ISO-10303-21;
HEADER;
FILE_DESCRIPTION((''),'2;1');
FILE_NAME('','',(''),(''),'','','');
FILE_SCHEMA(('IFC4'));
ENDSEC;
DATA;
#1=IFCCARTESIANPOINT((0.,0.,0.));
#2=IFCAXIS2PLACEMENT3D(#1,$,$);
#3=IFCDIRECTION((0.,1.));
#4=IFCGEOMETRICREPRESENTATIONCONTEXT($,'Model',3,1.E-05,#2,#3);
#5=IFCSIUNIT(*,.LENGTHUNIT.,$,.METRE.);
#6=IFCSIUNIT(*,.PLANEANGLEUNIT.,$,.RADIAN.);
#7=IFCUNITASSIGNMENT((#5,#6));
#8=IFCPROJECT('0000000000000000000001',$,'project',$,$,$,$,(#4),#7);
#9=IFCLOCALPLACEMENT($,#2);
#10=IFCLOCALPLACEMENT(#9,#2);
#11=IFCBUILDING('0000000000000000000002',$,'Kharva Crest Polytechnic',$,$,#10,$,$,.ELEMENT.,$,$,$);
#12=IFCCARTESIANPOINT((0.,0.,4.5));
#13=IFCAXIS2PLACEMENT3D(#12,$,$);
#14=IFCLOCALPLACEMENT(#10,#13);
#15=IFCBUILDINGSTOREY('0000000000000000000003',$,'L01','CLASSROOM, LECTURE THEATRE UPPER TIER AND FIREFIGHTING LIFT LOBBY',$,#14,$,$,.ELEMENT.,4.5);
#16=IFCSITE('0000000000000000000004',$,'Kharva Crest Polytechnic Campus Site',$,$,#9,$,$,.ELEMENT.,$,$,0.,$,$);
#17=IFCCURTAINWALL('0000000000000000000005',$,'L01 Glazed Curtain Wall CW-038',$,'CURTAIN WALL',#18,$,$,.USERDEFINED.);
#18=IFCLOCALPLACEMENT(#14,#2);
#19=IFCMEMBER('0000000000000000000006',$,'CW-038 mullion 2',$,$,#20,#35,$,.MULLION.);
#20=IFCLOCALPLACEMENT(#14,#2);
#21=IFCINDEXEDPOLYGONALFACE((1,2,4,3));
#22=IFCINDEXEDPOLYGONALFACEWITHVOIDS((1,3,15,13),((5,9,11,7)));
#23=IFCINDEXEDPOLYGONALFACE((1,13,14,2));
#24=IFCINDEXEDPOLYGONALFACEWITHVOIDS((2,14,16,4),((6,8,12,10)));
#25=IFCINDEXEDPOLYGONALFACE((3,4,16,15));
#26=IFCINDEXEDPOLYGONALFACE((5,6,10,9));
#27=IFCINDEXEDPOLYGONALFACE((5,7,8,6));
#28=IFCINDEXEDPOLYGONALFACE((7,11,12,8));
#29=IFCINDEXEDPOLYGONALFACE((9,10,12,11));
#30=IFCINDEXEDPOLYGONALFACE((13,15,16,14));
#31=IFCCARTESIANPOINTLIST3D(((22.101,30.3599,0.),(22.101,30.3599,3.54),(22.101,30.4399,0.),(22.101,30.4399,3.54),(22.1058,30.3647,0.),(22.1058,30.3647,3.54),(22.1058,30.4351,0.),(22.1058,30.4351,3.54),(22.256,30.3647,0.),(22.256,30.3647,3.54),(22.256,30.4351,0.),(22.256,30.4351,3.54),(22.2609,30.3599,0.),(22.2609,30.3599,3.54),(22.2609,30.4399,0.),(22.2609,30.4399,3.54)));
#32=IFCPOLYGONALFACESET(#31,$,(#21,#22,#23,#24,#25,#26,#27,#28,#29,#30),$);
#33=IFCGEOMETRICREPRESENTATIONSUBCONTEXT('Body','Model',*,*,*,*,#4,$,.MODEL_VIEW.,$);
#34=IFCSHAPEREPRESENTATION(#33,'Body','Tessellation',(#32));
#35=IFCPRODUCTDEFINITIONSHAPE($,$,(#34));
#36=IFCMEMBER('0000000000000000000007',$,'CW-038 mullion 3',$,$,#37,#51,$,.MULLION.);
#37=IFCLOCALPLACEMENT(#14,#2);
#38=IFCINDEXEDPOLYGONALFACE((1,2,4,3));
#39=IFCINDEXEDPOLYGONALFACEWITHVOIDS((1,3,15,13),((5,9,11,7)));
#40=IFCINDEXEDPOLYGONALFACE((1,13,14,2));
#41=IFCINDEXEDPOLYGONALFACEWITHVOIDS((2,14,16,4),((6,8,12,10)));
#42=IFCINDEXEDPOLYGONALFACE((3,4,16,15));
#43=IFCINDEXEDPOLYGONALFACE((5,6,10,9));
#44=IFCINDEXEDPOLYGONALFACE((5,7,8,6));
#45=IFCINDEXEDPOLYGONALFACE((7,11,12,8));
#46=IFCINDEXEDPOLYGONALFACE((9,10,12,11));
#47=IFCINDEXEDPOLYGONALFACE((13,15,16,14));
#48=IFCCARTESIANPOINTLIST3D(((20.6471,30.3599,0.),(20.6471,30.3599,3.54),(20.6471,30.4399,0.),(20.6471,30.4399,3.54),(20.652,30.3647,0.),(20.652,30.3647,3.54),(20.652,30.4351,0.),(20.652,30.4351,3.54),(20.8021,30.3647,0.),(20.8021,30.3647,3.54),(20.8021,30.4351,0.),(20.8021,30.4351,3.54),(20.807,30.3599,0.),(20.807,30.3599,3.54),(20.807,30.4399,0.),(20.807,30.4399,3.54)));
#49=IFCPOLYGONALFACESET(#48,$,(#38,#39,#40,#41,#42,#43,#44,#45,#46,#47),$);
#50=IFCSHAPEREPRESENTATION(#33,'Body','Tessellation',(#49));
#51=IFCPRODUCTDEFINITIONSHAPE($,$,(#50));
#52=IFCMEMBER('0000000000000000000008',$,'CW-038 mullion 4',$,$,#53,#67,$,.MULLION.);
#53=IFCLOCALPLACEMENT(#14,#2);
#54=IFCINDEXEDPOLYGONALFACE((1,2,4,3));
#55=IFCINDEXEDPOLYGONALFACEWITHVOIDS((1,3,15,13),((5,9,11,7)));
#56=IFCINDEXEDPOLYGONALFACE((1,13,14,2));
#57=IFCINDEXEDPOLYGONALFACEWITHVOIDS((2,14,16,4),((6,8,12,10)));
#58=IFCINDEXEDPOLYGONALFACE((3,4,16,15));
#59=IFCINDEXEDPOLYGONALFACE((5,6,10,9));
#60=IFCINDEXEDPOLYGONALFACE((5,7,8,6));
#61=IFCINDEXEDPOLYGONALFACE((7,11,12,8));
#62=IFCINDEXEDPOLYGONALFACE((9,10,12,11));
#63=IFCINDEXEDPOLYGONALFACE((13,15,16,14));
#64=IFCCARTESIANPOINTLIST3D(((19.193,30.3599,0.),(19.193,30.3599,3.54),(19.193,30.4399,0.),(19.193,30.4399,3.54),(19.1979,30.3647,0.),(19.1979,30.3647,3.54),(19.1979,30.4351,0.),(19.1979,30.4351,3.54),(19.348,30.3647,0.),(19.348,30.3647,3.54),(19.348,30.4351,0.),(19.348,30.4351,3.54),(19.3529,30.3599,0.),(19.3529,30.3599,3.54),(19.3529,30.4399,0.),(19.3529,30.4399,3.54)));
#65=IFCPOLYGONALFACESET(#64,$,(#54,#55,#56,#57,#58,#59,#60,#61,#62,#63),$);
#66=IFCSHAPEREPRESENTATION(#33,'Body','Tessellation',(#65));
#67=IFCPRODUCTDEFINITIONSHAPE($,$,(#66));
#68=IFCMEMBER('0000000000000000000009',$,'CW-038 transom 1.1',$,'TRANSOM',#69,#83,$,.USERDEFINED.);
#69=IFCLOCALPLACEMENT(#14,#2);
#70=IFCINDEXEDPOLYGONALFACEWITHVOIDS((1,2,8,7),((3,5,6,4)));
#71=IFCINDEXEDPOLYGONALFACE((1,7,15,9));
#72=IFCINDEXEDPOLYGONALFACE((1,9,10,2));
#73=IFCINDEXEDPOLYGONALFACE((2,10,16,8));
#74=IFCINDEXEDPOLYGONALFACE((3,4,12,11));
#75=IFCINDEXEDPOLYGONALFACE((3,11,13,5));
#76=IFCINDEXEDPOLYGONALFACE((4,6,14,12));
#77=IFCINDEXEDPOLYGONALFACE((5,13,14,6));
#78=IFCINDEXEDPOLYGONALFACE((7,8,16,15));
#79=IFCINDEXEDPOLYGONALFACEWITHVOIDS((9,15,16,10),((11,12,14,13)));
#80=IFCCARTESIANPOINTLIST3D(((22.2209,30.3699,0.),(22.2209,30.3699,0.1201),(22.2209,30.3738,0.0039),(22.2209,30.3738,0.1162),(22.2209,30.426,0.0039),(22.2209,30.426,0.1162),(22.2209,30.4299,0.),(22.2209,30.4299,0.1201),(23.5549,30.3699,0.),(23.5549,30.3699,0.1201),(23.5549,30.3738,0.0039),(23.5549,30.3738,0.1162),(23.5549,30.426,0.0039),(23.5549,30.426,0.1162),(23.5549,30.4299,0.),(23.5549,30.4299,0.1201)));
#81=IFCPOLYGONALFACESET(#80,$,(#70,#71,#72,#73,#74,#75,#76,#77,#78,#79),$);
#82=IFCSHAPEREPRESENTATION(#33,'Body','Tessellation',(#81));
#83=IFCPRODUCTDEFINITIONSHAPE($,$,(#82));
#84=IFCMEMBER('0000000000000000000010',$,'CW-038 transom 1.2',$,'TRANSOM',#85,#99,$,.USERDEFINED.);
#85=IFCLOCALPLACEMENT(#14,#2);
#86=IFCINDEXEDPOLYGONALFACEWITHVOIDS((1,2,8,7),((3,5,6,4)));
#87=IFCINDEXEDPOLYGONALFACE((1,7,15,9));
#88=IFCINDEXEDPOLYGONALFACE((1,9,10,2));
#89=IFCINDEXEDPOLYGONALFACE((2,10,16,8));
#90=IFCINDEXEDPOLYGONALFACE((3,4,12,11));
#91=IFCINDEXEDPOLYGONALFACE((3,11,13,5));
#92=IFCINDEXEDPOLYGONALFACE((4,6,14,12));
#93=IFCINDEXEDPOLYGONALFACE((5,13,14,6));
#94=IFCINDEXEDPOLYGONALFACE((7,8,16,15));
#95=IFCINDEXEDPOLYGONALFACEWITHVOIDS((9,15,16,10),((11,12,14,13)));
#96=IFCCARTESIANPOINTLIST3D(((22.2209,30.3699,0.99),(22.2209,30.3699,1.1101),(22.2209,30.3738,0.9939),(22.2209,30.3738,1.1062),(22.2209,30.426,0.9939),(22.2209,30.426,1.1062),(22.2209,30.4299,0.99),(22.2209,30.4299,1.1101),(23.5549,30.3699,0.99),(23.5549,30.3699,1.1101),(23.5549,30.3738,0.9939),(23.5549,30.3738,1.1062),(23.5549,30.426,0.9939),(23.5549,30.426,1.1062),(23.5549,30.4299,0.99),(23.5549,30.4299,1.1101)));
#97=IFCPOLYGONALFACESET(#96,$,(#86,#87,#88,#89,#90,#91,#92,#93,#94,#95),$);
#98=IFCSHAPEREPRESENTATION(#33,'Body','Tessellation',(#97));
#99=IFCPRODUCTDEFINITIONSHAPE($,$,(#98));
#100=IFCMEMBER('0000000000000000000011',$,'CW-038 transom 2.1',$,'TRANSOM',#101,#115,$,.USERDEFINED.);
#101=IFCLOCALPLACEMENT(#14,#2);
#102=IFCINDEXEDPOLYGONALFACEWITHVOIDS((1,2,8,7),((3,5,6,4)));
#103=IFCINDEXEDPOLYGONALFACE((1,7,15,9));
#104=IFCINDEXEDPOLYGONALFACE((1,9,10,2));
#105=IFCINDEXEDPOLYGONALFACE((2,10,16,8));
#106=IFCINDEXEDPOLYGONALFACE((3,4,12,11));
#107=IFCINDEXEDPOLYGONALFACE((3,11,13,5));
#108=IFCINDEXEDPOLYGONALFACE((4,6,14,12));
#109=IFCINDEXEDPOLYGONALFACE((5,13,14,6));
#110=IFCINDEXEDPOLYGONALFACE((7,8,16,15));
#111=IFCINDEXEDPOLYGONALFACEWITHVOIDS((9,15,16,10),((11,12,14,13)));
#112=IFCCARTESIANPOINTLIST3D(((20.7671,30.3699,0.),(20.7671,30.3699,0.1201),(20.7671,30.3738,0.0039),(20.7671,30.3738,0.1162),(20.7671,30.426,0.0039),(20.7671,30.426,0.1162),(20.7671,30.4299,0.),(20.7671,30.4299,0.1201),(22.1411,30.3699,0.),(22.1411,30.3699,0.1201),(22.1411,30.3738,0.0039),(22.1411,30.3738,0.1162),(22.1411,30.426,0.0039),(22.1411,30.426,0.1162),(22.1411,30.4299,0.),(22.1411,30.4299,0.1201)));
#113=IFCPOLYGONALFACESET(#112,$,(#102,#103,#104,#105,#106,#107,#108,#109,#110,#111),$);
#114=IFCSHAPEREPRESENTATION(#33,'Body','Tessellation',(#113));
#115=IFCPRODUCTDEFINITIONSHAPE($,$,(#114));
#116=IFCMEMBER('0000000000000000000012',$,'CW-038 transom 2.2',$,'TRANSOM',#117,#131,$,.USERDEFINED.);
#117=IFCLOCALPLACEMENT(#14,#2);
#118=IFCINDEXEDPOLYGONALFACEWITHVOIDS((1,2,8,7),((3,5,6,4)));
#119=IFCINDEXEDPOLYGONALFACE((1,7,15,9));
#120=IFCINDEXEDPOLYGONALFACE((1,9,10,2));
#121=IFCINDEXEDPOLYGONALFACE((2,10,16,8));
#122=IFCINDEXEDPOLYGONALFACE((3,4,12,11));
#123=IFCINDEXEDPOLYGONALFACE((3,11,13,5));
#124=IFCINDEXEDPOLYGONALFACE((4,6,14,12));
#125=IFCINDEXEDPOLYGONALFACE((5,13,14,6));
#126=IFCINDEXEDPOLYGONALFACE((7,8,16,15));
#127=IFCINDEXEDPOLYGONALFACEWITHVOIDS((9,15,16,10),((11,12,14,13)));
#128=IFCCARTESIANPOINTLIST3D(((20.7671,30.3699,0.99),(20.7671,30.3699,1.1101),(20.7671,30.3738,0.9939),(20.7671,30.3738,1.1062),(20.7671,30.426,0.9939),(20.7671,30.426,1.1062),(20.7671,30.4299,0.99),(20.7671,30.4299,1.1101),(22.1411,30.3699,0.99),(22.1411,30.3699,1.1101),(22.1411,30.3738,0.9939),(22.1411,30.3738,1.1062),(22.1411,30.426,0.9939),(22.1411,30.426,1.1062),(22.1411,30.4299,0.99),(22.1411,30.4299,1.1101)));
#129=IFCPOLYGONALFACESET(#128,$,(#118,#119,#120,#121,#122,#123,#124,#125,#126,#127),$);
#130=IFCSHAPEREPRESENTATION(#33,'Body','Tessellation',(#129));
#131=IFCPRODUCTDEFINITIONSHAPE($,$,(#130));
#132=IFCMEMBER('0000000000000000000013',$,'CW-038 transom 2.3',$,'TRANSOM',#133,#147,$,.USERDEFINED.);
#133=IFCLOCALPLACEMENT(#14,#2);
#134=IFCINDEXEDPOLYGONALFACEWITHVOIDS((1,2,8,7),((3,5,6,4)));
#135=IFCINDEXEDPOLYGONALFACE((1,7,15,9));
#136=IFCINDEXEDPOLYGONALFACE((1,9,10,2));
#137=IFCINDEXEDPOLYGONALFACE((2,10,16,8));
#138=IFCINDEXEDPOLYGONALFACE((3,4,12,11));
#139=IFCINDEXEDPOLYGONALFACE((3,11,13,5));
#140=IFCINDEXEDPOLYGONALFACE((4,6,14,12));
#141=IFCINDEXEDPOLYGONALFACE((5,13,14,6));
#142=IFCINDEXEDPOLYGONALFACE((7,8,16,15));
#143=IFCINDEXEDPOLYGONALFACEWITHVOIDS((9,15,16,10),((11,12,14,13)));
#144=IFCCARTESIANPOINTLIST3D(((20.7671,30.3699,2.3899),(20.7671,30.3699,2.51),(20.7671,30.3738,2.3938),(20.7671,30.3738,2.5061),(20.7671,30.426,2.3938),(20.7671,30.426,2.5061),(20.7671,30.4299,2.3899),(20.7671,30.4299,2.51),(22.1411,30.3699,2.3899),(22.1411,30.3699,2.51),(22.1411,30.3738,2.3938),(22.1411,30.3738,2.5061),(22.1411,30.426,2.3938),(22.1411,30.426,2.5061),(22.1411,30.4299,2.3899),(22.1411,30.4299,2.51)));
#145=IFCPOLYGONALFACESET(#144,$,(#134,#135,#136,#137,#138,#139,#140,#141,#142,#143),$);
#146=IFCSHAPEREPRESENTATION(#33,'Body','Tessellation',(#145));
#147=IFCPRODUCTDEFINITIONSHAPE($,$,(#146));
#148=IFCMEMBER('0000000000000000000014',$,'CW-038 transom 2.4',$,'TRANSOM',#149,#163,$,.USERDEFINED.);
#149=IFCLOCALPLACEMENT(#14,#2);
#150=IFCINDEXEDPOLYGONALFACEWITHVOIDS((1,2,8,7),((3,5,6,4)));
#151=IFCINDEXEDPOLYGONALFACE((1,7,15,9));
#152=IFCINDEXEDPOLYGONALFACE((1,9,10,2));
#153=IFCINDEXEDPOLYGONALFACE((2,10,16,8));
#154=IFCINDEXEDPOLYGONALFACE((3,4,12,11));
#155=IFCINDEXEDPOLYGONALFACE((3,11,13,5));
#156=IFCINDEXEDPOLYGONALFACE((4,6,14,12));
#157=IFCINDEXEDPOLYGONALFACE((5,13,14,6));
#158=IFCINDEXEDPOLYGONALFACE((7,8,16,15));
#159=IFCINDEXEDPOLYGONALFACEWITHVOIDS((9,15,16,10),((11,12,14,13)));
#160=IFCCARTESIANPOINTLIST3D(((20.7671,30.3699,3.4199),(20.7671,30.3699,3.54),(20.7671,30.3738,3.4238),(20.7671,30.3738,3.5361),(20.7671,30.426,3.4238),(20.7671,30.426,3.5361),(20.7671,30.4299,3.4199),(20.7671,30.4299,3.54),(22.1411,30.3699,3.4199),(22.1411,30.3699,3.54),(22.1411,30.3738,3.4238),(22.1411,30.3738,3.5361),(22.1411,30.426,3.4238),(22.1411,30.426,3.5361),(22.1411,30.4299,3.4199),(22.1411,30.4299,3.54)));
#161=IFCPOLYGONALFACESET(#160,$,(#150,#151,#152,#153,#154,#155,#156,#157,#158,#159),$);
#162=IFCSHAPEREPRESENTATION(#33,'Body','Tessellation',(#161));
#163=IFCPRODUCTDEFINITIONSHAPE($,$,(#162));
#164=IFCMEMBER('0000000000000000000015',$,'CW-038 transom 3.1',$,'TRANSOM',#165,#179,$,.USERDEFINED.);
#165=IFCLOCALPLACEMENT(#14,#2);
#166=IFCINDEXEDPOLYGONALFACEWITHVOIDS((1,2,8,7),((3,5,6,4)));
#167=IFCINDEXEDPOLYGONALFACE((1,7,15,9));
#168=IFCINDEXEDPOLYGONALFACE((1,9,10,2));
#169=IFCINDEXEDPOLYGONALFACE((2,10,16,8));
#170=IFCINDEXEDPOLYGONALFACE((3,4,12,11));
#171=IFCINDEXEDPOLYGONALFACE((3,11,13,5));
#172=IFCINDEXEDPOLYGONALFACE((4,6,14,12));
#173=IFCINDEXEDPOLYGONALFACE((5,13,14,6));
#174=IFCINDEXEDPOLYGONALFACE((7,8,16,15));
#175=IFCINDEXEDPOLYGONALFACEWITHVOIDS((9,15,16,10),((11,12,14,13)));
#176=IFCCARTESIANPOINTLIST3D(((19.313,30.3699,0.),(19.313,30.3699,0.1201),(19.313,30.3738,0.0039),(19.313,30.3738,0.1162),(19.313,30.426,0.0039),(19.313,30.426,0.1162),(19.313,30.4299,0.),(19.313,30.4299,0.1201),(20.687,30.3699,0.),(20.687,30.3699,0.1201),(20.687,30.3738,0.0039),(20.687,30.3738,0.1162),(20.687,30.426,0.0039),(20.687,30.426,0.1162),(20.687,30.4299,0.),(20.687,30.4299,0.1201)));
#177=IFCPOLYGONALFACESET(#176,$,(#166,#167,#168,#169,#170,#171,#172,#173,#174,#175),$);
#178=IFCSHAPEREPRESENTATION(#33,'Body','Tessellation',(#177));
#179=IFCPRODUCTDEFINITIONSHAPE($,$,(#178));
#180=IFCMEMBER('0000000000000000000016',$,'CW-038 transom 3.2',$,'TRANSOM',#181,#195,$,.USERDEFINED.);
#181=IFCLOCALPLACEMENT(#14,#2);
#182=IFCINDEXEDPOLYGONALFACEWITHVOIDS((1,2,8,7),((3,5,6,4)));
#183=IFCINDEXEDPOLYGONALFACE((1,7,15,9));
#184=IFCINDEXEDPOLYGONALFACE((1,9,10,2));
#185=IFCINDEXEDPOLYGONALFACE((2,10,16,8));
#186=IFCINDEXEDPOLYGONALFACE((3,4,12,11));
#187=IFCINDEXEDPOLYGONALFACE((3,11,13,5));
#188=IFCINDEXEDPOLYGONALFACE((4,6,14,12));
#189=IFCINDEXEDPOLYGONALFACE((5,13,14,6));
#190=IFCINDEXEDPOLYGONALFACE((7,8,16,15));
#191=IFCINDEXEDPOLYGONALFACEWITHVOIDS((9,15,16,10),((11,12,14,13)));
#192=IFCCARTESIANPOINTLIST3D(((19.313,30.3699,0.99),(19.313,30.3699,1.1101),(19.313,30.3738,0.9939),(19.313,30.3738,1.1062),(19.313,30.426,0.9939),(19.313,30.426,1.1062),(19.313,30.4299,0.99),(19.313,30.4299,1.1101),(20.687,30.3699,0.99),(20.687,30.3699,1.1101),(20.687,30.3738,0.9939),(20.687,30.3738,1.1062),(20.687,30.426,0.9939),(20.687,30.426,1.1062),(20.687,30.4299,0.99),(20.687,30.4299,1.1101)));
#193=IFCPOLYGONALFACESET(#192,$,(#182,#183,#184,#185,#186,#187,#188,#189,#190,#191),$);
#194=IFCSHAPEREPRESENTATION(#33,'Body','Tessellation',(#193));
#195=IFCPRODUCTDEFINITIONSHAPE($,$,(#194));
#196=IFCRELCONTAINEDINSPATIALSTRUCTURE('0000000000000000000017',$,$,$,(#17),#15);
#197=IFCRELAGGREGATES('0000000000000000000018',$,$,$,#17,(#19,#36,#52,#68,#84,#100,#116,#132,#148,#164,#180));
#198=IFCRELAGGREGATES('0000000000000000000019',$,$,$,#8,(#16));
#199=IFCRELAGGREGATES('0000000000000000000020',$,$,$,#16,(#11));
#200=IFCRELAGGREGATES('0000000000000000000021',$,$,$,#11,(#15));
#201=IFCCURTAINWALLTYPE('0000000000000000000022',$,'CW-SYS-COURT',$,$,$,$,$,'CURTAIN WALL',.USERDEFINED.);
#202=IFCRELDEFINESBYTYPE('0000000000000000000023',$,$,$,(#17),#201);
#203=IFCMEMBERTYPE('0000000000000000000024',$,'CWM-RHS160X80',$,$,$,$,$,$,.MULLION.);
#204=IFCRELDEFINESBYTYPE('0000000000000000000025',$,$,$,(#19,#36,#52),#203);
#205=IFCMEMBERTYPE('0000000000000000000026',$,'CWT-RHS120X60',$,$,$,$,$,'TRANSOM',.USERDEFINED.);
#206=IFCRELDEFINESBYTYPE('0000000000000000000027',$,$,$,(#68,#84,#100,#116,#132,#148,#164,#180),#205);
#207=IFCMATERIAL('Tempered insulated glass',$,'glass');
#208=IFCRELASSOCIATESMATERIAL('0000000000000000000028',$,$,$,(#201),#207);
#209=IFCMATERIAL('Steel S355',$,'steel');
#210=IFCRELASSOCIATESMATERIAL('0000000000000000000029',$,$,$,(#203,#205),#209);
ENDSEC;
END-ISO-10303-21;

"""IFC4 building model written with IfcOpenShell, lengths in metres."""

from ifc_helpers import new_model, si_unit, direction, frame, origin, origin_2d, place, context, subcontext, project, spatial, hollow_rectangle, extrude, material, material_profile, profile_set, type_object, element, aggregate, save


model = new_model("IFC4")

# Units and contexts
model_context = context("Model", 3, precision=1e-05, world=origin(), true_north=direction((0.0, 1.0)))
body_context = subcontext(model_context, "Body", "Model", "MODEL_VIEW")
ifc_project = project(units=[si_unit("LENGTHUNIT", "METRE"), si_unit("PLANEANGLEUNIT", "RADIAN")], contexts=[model_context])

# Site, building, storey
site_placement = place(None, origin())
site = spatial("IfcSite", under=ifc_project, at=site_placement, Name="Kharva Crest Polytechnic Campus Site", CompositionType="ELEMENT", RefElevation=0.0)
building_placement = place(site_placement, origin())
building = spatial("IfcBuilding", under=site, at=building_placement, Name="Kharva Crest Polytechnic", CompositionType="ELEMENT")
storey_placement = place(building_placement, frame((0.0, 0.0, 4.5)))
storey = spatial("IfcBuildingStorey", under=building, at=storey_placement, Name="L01", Description="CLASSROOM, LECTURE THEATRE UPPER TIER AND FIREFIGHTING LIFT LOBBY", CompositionType="ELEMENT", Elevation=4.5)

# Curtain wall, members
ifc_material_1 = material(Name="Tempered insulated glass", Category="glass")
curtain_wall_type = type_object("IfcCurtainWallType", Name="CW-SYS-COURT", ElementType="CURTAIN WALL", PredefinedType="USERDEFINED", material=ifc_material_1)
curtain_wall_placement = place(storey_placement, origin())
curtain_wall = element("IfcCurtainWall", 1, at=curtain_wall_placement, inside=storey, type_object=curtain_wall_type, Name="L01 Glazed Curtain Wall CW-038", ObjectType="CURTAIN WALL", PredefinedType="USERDEFINED")
ifc_material_2 = material(Name="Steel S355", Category="steel")
ifc_material_profile_1 = material_profile(ifc_material_2, hollow_rectangle(XDim=0.0801, YDim=0.1599, WallThickness=0.0049, at=origin_2d()), Name="RHS 160X80X5.0")
ifc_profile_set_1 = profile_set([ifc_material_profile_1], Name="Steel S355")
member_type_1 = type_object("IfcMemberType", Name="CWM-RHS160X80", PredefinedType="MULLION", material=ifc_profile_set_1)
member_1_placement = place(storey_placement, frame((22.1809, 30.3999, 0.0), z_axis=(0.0, 0.0, 1.0), x_axis=(0.0, -1.0, 0.0)))
member_1 = element("IfcMember", 2, at=member_1_placement, type_object=member_type_1, Name="CW-038 mullion 2", PredefinedType="MULLION", context=body_context, shape_type="SweptSolid", body=[
    extrude(hollow_rectangle(XDim=0.0801, YDim=0.1599, WallThickness=0.0049, at=origin_2d()), origin(), (0.0, 0.0, 1.0), 3.54),
])
member_2_placement = place(storey_placement, frame((20.7271, 30.3999, 0.0), z_axis=(0.0, 0.0, 1.0), x_axis=(0.0, -1.0, 0.0)))
member_2 = element("IfcMember", 3, at=member_2_placement, type_object=member_type_1, Name="CW-038 mullion 3", PredefinedType="MULLION", context=body_context, shape_type="SweptSolid", body=[
    extrude(hollow_rectangle(XDim=0.0801, YDim=0.1599, WallThickness=0.0049, at=origin_2d()), origin(), (0.0, 0.0, 1.0), 3.54),
])
member_3_placement = place(storey_placement, frame((19.2729, 30.3999, 0.0), z_axis=(0.0, 0.0, 1.0), x_axis=(0.0, -1.0, 0.0)))
member_3 = element("IfcMember", 4, at=member_3_placement, type_object=member_type_1, Name="CW-038 mullion 4", PredefinedType="MULLION", context=body_context, shape_type="SweptSolid", body=[
    extrude(hollow_rectangle(XDim=0.0801, YDim=0.1599, WallThickness=0.0049, at=origin_2d()), origin(), (0.0, 0.0, 1.0), 3.54),
])
ifc_material_profile_2 = material_profile(ifc_material_2, hollow_rectangle(XDim=0.0601, YDim=0.1201, WallThickness=0.0039, at=origin_2d()), Name="RHS 120X60X4.0")
ifc_profile_set_2 = profile_set([ifc_material_profile_2], Name="Steel S355")
member_type_2 = type_object("IfcMemberType", Name="CWT-RHS120X60", ElementType="TRANSOM", PredefinedType="USERDEFINED", material=ifc_profile_set_2)
member_4_placement = place(storey_placement, frame((23.5549, 30.3999, 0.0601), z_axis=(-1.0, 0.0, 0.0), x_axis=(0.0, -1.0, 0.0)))
member_4 = element("IfcMember", 5, at=member_4_placement, type_object=member_type_2, Name="CW-038 transom 1.1", ObjectType="TRANSOM", PredefinedType="USERDEFINED", context=body_context, shape_type="SweptSolid", body=[
    extrude(hollow_rectangle(XDim=0.0601, YDim=0.1201, WallThickness=0.0039, at=origin_2d()), origin(), (0.0, 0.0, 1.0), 1.334),
])
member_5_placement = place(storey_placement, frame((23.5549, 30.3999, 1.05), z_axis=(-1.0, 0.0, 0.0), x_axis=(0.0, -1.0, 0.0)))
member_5 = element("IfcMember", 6, at=member_5_placement, type_object=member_type_2, Name="CW-038 transom 1.2", ObjectType="TRANSOM", PredefinedType="USERDEFINED", context=body_context, shape_type="SweptSolid", body=[
    extrude(hollow_rectangle(XDim=0.0601, YDim=0.1201, WallThickness=0.0039, at=origin_2d()), origin(), (0.0, 0.0, 1.0), 1.334),
])
member_6_placement = place(storey_placement, frame((22.1411, 30.3999, 0.0601), z_axis=(-1.0, 0.0, 0.0), x_axis=(0.0, -1.0, 0.0)))
member_6 = element("IfcMember", 7, at=member_6_placement, type_object=member_type_2, Name="CW-038 transom 2.1", ObjectType="TRANSOM", PredefinedType="USERDEFINED", context=body_context, shape_type="SweptSolid", body=[
    extrude(hollow_rectangle(XDim=0.0601, YDim=0.1201, WallThickness=0.0039, at=origin_2d()), origin(), (0.0, 0.0, 1.0), 1.374),
])
member_7_placement = place(storey_placement, frame((22.1411, 30.3999, 1.05), z_axis=(-1.0, 0.0, 0.0), x_axis=(0.0, -1.0, 0.0)))
member_7 = element("IfcMember", 8, at=member_7_placement, type_object=member_type_2, Name="CW-038 transom 2.2", ObjectType="TRANSOM", PredefinedType="USERDEFINED", context=body_context, shape_type="SweptSolid", body=[
    extrude(hollow_rectangle(XDim=0.0601, YDim=0.1201, WallThickness=0.0039, at=origin_2d()), origin(), (0.0, 0.0, 1.0), 1.374),
])
member_8_placement = place(storey_placement, frame((22.1411, 30.3999, 2.45), z_axis=(-1.0, 0.0, 0.0), x_axis=(0.0, -1.0, 0.0)))
member_8 = element("IfcMember", 9, at=member_8_placement, type_object=member_type_2, Name="CW-038 transom 2.3", ObjectType="TRANSOM", PredefinedType="USERDEFINED", context=body_context, shape_type="SweptSolid", body=[
    extrude(hollow_rectangle(XDim=0.0601, YDim=0.1201, WallThickness=0.0039, at=origin_2d()), origin(), (0.0, 0.0, 1.0), 1.374),
])
member_9_placement = place(storey_placement, frame((22.1411, 30.3999, 3.48), z_axis=(-1.0, 0.0, 0.0), x_axis=(0.0, -1.0, 0.0)))
member_9 = element("IfcMember", 10, at=member_9_placement, type_object=member_type_2, Name="CW-038 transom 2.4", ObjectType="TRANSOM", PredefinedType="USERDEFINED", context=body_context, shape_type="SweptSolid", body=[
    extrude(hollow_rectangle(XDim=0.0601, YDim=0.1201, WallThickness=0.0039, at=origin_2d()), origin(), (0.0, 0.0, 1.0), 1.374),
])
member_10_placement = place(storey_placement, frame((20.687, 30.3999, 0.0601), z_axis=(-1.0, 0.0, 0.0), x_axis=(0.0, -1.0, 0.0)))
member_10 = element("IfcMember", 11, at=member_10_placement, type_object=member_type_2, Name="CW-038 transom 3.1", ObjectType="TRANSOM", PredefinedType="USERDEFINED", context=body_context, shape_type="SweptSolid", body=[
    extrude(hollow_rectangle(XDim=0.0601, YDim=0.1201, WallThickness=0.0039, at=origin_2d()), origin(), (0.0, 0.0, 1.0), 1.374),
])
member_11_placement = place(storey_placement, frame((20.687, 30.3999, 1.05), z_axis=(-1.0, 0.0, 0.0), x_axis=(0.0, -1.0, 0.0)))
member_11 = element("IfcMember", 12, at=member_11_placement, type_object=member_type_2, Name="CW-038 transom 3.2", ObjectType="TRANSOM", PredefinedType="USERDEFINED", context=body_context, shape_type="SweptSolid", body=[
    extrude(hollow_rectangle(XDim=0.0601, YDim=0.1201, WallThickness=0.0039, at=origin_2d()), origin(), (0.0, 0.0, 1.0), 1.374),
])
aggregate(curtain_wall, [member_1, member_2, member_3, member_4, member_5, member_6, member_7, member_8, member_9, member_10, member_11])

save(model, "model.ifc")
